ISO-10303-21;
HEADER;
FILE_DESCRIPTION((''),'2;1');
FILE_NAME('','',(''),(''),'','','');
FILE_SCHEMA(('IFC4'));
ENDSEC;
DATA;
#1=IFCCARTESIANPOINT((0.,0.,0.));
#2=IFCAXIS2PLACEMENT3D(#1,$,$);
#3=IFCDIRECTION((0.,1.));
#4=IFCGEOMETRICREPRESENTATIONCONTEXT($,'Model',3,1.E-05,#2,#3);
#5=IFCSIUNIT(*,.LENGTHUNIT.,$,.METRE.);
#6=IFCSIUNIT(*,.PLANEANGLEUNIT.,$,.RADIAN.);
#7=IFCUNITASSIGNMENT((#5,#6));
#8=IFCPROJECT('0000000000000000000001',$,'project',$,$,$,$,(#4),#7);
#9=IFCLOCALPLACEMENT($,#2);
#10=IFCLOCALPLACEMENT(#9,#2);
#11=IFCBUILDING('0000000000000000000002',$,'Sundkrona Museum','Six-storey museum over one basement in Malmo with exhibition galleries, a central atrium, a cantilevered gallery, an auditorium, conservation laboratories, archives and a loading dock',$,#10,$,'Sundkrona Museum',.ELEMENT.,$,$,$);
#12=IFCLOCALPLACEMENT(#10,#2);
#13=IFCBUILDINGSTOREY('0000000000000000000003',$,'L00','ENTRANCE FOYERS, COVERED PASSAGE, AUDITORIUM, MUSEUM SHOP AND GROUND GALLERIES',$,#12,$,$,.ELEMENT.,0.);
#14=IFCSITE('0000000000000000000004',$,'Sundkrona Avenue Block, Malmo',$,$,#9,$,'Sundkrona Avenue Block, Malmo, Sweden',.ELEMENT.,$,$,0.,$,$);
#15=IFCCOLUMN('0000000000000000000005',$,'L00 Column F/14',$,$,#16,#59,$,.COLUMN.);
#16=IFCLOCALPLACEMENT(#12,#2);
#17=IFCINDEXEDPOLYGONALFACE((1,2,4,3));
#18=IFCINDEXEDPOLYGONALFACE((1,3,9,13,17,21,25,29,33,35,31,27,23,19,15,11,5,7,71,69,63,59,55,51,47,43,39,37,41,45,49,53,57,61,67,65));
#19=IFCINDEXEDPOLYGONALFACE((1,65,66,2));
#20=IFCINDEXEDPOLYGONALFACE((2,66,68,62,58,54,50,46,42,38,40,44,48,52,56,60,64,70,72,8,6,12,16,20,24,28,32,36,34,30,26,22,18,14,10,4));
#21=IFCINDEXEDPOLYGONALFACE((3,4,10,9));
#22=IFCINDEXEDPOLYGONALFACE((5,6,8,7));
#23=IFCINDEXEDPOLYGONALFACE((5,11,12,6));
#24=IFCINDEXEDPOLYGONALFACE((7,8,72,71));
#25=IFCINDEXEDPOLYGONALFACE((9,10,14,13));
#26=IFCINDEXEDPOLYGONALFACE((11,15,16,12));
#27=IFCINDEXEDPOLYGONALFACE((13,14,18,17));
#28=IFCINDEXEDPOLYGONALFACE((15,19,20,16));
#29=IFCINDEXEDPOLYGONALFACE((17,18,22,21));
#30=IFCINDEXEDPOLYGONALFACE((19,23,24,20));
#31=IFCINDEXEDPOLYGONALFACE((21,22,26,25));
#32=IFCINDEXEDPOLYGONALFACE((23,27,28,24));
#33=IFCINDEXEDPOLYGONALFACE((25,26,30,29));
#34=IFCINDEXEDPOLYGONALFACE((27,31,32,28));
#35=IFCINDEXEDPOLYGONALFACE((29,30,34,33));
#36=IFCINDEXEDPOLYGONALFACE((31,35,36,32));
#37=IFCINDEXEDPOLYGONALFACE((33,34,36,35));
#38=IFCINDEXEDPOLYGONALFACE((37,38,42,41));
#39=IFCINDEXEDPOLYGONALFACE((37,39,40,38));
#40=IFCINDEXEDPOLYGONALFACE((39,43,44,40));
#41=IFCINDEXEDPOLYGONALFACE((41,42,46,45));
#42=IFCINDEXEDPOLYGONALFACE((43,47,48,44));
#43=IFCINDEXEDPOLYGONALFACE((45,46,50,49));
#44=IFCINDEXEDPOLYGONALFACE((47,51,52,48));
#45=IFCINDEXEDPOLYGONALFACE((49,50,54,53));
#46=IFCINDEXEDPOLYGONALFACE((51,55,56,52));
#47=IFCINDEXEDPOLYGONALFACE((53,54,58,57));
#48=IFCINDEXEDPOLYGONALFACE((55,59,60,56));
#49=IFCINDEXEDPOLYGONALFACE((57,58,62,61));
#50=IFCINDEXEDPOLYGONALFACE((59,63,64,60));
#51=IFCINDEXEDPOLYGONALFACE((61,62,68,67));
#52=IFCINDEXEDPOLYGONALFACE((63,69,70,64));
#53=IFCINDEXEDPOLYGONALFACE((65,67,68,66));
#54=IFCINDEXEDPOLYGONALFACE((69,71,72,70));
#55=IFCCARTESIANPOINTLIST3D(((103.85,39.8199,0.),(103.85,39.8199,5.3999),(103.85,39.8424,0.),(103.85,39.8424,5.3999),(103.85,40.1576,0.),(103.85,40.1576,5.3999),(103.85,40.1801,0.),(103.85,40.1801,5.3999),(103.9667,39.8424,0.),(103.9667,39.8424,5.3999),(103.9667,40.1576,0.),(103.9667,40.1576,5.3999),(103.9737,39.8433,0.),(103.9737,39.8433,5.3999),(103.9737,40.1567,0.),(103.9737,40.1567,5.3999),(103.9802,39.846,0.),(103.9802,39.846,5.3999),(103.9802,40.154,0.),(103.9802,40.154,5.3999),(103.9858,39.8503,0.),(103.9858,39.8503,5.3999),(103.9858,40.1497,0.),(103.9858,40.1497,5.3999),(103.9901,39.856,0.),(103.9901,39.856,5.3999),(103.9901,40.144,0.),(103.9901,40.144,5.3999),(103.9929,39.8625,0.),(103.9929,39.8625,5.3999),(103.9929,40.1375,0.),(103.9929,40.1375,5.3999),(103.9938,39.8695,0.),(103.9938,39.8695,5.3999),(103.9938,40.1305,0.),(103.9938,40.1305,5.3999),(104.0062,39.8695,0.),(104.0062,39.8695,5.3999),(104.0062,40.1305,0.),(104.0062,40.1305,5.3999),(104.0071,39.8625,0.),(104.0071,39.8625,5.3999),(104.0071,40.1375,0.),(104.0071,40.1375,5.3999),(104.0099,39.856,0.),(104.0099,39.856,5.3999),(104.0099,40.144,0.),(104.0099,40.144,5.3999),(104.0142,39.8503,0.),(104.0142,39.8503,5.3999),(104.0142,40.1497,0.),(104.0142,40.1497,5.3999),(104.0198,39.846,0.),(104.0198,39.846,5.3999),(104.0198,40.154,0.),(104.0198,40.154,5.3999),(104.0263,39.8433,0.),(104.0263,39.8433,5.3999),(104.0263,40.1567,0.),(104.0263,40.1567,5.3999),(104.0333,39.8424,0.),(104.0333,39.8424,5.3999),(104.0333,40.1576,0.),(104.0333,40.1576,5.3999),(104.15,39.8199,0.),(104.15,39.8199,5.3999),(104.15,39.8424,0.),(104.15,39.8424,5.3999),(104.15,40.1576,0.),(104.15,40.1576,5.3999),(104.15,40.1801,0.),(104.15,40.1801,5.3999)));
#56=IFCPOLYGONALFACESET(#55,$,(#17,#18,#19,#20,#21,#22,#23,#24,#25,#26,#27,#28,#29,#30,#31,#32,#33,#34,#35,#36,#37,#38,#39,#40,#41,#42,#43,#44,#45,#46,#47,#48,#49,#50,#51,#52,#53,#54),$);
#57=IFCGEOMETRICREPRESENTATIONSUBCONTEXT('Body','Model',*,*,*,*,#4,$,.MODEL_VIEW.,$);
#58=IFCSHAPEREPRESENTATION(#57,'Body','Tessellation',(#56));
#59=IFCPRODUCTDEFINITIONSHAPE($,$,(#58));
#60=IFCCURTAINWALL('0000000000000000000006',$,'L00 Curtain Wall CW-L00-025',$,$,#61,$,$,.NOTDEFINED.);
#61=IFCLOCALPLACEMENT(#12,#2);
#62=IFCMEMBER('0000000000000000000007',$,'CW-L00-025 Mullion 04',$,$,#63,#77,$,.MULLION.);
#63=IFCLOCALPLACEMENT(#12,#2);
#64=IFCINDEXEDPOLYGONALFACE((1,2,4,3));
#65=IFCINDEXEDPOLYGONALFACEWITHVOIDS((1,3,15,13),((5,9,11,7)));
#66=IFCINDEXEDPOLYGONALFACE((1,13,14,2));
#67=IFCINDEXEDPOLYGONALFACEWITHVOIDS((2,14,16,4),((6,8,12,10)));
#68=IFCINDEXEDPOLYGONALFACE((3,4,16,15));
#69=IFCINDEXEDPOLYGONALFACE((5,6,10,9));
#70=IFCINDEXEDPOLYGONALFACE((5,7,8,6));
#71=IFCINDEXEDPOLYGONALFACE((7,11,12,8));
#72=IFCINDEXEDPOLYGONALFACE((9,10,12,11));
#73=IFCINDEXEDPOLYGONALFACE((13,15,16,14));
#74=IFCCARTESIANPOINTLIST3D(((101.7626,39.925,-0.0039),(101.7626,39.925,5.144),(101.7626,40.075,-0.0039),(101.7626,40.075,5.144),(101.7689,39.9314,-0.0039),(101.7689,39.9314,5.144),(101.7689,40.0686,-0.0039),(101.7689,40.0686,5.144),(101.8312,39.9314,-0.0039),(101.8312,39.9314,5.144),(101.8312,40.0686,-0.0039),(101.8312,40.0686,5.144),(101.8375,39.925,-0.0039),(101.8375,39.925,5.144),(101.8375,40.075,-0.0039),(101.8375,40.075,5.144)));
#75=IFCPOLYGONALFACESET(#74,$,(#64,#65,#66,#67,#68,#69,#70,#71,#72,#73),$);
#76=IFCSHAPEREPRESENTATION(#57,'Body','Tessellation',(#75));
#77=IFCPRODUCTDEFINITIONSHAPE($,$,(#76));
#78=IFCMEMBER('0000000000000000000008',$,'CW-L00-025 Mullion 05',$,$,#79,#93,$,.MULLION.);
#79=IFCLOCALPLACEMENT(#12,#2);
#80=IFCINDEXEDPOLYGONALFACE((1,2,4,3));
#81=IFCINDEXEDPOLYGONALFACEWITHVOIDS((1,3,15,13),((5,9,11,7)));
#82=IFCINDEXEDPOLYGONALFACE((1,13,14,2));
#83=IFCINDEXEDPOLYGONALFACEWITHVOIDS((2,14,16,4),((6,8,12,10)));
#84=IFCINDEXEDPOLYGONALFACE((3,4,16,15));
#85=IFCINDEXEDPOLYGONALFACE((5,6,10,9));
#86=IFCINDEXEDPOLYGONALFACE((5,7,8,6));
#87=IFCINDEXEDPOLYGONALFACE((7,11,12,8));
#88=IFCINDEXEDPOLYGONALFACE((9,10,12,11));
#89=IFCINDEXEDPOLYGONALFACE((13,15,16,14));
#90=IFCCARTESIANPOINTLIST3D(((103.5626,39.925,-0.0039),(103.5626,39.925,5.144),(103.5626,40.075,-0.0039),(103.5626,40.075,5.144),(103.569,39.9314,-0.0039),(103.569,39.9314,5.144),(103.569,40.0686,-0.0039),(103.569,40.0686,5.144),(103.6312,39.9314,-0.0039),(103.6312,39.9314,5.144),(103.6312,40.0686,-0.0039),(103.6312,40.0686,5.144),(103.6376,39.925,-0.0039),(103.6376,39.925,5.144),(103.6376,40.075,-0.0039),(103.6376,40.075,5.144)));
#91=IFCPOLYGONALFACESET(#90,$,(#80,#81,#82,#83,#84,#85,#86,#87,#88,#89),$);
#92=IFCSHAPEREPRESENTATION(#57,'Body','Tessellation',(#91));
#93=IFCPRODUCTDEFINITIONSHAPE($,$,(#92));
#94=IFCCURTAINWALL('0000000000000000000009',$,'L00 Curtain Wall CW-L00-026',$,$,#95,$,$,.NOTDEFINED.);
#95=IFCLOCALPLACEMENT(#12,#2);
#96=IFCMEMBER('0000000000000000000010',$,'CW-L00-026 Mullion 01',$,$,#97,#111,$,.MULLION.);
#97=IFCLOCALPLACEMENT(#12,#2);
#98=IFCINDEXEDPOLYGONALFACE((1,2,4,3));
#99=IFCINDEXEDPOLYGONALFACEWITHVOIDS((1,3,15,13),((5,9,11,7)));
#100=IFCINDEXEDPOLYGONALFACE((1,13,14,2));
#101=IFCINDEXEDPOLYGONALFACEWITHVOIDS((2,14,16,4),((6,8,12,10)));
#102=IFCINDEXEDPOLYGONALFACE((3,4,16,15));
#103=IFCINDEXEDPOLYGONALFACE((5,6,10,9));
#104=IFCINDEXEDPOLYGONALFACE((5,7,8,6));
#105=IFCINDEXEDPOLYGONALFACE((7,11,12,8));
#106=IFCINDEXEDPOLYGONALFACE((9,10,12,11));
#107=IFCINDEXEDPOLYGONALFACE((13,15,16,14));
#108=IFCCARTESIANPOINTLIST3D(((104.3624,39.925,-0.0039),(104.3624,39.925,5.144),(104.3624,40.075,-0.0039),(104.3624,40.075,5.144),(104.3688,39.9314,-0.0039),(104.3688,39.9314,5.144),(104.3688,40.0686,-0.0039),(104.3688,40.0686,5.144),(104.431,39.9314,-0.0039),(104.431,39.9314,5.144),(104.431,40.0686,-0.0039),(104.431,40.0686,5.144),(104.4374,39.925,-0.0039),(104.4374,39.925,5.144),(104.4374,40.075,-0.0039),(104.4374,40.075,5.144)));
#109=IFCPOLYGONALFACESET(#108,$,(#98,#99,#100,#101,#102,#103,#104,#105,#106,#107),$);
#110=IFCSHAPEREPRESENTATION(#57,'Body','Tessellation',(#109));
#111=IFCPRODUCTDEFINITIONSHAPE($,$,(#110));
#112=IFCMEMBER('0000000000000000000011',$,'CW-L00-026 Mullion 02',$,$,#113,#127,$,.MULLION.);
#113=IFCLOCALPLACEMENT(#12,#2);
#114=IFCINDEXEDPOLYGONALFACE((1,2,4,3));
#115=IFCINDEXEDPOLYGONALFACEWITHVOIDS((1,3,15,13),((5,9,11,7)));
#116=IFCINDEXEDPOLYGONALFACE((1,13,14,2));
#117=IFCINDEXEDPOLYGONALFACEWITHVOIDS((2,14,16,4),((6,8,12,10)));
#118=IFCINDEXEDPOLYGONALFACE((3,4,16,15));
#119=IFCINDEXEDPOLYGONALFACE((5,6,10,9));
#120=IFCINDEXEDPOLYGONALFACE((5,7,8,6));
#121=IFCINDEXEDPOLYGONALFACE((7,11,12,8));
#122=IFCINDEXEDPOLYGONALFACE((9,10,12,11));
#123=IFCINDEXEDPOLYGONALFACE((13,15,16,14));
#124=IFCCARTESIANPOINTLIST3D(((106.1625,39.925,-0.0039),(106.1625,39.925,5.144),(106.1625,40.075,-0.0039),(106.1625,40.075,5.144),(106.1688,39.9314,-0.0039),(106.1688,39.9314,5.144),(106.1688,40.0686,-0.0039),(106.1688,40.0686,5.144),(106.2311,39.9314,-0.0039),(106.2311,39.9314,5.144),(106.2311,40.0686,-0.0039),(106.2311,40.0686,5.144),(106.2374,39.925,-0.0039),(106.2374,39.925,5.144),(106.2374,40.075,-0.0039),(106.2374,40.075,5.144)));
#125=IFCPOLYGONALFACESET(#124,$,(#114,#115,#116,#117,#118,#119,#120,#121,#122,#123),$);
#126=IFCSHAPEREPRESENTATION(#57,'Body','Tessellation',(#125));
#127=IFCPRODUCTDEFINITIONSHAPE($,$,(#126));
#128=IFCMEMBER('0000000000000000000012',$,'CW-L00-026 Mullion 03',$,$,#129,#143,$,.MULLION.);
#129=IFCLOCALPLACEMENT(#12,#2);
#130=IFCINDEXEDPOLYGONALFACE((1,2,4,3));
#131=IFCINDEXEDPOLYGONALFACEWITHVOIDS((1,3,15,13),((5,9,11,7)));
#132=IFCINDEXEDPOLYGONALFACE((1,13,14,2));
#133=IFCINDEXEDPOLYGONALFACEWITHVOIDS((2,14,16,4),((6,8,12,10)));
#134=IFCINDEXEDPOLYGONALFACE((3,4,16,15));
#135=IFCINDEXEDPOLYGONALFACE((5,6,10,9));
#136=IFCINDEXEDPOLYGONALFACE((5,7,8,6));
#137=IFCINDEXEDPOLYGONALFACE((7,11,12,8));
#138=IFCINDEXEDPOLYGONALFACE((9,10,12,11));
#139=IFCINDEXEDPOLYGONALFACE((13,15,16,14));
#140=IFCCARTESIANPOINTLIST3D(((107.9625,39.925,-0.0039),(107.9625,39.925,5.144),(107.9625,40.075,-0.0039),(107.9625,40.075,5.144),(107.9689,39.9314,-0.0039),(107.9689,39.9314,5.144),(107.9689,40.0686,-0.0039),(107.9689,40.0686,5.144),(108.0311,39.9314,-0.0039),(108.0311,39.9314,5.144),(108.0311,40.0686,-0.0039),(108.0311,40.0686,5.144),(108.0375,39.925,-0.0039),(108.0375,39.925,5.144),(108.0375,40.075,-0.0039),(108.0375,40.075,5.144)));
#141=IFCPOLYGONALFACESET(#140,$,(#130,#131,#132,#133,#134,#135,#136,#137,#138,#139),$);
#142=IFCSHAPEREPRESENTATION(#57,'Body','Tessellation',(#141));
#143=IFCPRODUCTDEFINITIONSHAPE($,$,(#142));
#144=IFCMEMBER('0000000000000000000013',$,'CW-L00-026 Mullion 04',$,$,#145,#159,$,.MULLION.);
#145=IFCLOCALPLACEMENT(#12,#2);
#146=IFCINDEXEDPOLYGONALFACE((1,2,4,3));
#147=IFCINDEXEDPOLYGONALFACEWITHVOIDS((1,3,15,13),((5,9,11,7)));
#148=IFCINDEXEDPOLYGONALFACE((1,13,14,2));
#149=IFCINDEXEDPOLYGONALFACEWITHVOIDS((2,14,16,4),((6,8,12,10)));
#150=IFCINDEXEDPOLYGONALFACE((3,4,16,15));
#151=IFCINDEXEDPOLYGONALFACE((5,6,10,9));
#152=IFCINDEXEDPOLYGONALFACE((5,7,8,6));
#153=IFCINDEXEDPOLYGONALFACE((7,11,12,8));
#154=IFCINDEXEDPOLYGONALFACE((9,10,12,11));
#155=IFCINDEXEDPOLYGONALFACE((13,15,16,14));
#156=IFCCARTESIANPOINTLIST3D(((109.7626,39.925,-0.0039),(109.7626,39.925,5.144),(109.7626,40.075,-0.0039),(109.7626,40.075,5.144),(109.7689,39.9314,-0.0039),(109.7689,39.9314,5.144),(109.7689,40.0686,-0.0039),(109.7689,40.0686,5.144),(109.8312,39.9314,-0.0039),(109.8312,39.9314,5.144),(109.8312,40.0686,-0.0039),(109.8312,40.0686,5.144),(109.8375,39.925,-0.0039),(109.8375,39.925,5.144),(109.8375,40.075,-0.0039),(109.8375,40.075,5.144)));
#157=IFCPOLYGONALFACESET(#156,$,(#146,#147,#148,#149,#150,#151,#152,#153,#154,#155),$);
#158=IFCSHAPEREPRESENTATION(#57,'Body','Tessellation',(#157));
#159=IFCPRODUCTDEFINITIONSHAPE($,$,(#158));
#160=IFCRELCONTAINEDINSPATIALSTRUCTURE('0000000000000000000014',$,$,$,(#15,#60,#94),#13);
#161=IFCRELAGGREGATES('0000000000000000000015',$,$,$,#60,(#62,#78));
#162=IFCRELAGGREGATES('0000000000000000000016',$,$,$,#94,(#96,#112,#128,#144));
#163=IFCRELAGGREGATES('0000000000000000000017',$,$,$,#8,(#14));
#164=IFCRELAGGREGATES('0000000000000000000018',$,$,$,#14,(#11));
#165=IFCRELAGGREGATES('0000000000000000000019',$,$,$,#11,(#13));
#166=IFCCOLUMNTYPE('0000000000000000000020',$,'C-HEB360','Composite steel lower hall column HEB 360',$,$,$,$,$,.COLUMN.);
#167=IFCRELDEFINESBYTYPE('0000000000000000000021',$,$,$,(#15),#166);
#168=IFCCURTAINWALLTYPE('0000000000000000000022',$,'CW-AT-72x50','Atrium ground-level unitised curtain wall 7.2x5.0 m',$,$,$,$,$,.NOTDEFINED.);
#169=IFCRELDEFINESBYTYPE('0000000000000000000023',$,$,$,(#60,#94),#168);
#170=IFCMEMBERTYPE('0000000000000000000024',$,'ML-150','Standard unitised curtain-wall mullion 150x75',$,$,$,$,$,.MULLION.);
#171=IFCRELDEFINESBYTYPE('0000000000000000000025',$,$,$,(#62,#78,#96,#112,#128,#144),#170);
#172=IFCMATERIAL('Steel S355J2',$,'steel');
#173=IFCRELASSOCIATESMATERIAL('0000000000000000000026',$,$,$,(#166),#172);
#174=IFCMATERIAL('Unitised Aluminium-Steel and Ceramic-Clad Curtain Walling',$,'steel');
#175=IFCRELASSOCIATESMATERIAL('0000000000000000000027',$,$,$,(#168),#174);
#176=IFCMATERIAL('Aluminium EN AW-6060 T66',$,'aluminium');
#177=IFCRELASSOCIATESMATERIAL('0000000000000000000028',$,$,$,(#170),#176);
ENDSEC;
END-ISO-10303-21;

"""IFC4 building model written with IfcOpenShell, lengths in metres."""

from ifc_helpers import new_model, si_unit, direction, frame, origin, origin_2d, place, context, subcontext, project, spatial, hollow_rectangle, i_section, extrude, material, material_profile, profile_set, type_object, element, aggregate, save


model = new_model("IFC4")

# Units and contexts
model_context = context("Model", 3, precision=1e-05, world=origin(), true_north=direction((0.0, 1.0)))
body_context = subcontext(model_context, "Body", "Model", "MODEL_VIEW")
ifc_project = project(units=[si_unit("LENGTHUNIT", "METRE"), si_unit("PLANEANGLEUNIT", "RADIAN")], contexts=[model_context])

# Site, building, storey
site_placement = place(None, origin())
site = spatial("IfcSite", under=ifc_project, at=site_placement, Name="Sundkrona Avenue Block, Malmo", LongName="Sundkrona Avenue Block, Malmo, Sweden", CompositionType="ELEMENT", RefElevation=0.0)
building_placement = place(site_placement, origin())
building = spatial("IfcBuilding", under=site, at=building_placement, Name="Sundkrona Museum", Description="Six-storey museum over one basement in Malmo with exhibition galleries, a central atrium, a cantilevered gallery, an auditorium, conservation laboratories, archives and a loading dock", LongName="Sundkrona Museum", CompositionType="ELEMENT")
storey_placement = place(building_placement, origin())
storey = spatial("IfcBuildingStorey", under=building, at=storey_placement, Name="L00", Description="ENTRANCE FOYERS, COVERED PASSAGE, AUDITORIUM, MUSEUM SHOP AND GROUND GALLERIES", CompositionType="ELEMENT", Elevation=0.0)

# Column
ifc_material_1 = material(Name="Steel S355J2", Category="steel")
ifc_material_profile_1 = material_profile(ifc_material_1, i_section(OverallWidth=0.3, OverallDepth=0.3601, WebThickness=0.0125, FlangeThickness=0.0225, FilletRadius=0.0271, at=origin_2d()), Name="HEB 360")
ifc_profile_set_1 = profile_set([ifc_material_profile_1], Name="Steel S355J2")
column_type = type_object("IfcColumnType", Name="C-HEB360", Description="Composite steel lower hall column HEB 360", PredefinedType="COLUMN", material=ifc_profile_set_1)
column_placement = place(storey_placement, frame((104.0, 40.0, 0.0), z_axis=(0.0, 0.0, 1.0), x_axis=(1.0, 0.0, 0.0)))
element("IfcColumn", 1, at=column_placement, inside=storey, type_object=column_type, Name="L00 Column F/14", PredefinedType="COLUMN", context=body_context, shape_type="SweptSolid", body=[
    extrude(i_section(OverallWidth=0.3, OverallDepth=0.3601, WebThickness=0.0125, FlangeThickness=0.0225, FilletRadius=0.0271, at=origin_2d()), origin(), (0.0, 0.0, 1.0), 5.3999),
])

# Curtain walls, members
ifc_material_2 = material(Name="Unitised Aluminium-Steel and Ceramic-Clad Curtain Walling", Category="steel")
curtain_wall_type = type_object("IfcCurtainWallType", Name="CW-AT-72x50", Description="Atrium ground-level unitised curtain wall 7.2x5.0 m", PredefinedType="NOTDEFINED", material=ifc_material_2)
curtain_wall_1_placement = place(storey_placement, origin())
curtain_wall_1 = element("IfcCurtainWall", 2, at=curtain_wall_1_placement, inside=storey, type_object=curtain_wall_type, Name="L00 Curtain Wall CW-L00-025", PredefinedType="NOTDEFINED")
ifc_material_3 = material(Name="Aluminium EN AW-6060 T66", Category="aluminium")
ifc_material_profile_2 = material_profile(ifc_material_3, hollow_rectangle(XDim=0.075, YDim=0.1499, WallThickness=0.0063, at=origin_2d()), Name="RHS 150x75x6.3")
ifc_profile_set_2 = profile_set([ifc_material_profile_2], Name="Aluminium EN AW-6060 T66")
member_type_1 = type_object("IfcMemberType", Name="ML-150", Description="Standard unitised curtain-wall mullion 150x75", PredefinedType="MULLION", material=ifc_profile_set_2)
member_1_placement = place(storey_placement, frame((101.8, 40.0, -0.0039), z_axis=(0.0, 0.0, 1.0), x_axis=(1.0, 0.0, 0.0)))
member_1 = element("IfcMember", 3, at=member_1_placement, type_object=member_type_1, Name="CW-L00-025 Mullion 04", PredefinedType="MULLION", context=body_context, shape_type="SweptSolid", body=[
    extrude(hollow_rectangle(XDim=0.075, YDim=0.1499, WallThickness=0.0063, at=origin_2d()), origin(), (0.0, 0.0, 1.0), 5.1479),
])
member_2_placement = place(storey_placement, frame((103.6001, 40.0, -0.0039), z_axis=(0.0, 0.0, 1.0), x_axis=(1.0, 0.0, 0.0)))
member_2 = element("IfcMember", 4, at=member_2_placement, type_object=member_type_1, Name="CW-L00-025 Mullion 05", PredefinedType="MULLION", context=body_context, shape_type="SweptSolid", body=[
    extrude(hollow_rectangle(XDim=0.075, YDim=0.1499, WallThickness=0.0063, at=origin_2d()), origin(), (0.0, 0.0, 1.0), 5.1479),
])
curtain_wall_2_placement = place(storey_placement, origin())
curtain_wall_2 = element("IfcCurtainWall", 5, at=curtain_wall_2_placement, inside=storey, type_object=curtain_wall_type, Name="L00 Curtain Wall CW-L00-026", PredefinedType="NOTDEFINED")
member_3_placement = place(storey_placement, frame((104.3999, 40.0, -0.0039), z_axis=(0.0, 0.0, 1.0), x_axis=(1.0, 0.0, 0.0)))
member_3 = element("IfcMember", 6, at=member_3_placement, type_object=member_type_1, Name="CW-L00-026 Mullion 01", PredefinedType="MULLION", context=body_context, shape_type="SweptSolid", body=[
    extrude(hollow_rectangle(XDim=0.075, YDim=0.1499, WallThickness=0.0063, at=origin_2d()), origin(), (0.0, 0.0, 1.0), 5.1479),
])
member_4_placement = place(storey_placement, frame((106.2, 40.0, -0.0039), z_axis=(0.0, 0.0, 1.0), x_axis=(1.0, 0.0, 0.0)))
member_4 = element("IfcMember", 7, at=member_4_placement, type_object=member_type_1, Name="CW-L00-026 Mullion 02", PredefinedType="MULLION", context=body_context, shape_type="SweptSolid", body=[
    extrude(hollow_rectangle(XDim=0.075, YDim=0.1499, WallThickness=0.0063, at=origin_2d()), origin(), (0.0, 0.0, 1.0), 5.1479),
])
member_5_placement = place(storey_placement, frame((108.0, 40.0, -0.0039), z_axis=(0.0, 0.0, 1.0), x_axis=(1.0, 0.0, 0.0)))
member_5 = element("IfcMember", 8, at=member_5_placement, type_object=member_type_1, Name="CW-L00-026 Mullion 03", PredefinedType="MULLION", context=body_context, shape_type="SweptSolid", body=[
    extrude(hollow_rectangle(XDim=0.075, YDim=0.1499, WallThickness=0.0063, at=origin_2d()), origin(), (0.0, 0.0, 1.0), 5.1479),
])
member_6_placement = place(storey_placement, frame((109.8, 40.0, -0.0039), z_axis=(0.0, 0.0, 1.0), x_axis=(1.0, 0.0, 0.0)))
member_6 = element("IfcMember", 9, at=member_6_placement, type_object=member_type_1, Name="CW-L00-026 Mullion 04", PredefinedType="MULLION", context=body_context, shape_type="SweptSolid", body=[
    extrude(hollow_rectangle(XDim=0.075, YDim=0.1499, WallThickness=0.0063, at=origin_2d()), origin(), (0.0, 0.0, 1.0), 5.1479),
])

aggregate(curtain_wall_1, [member_1, member_2])
aggregate(curtain_wall_2, [member_3, member_4, member_5, member_6])

save(model, "model.ifc")
